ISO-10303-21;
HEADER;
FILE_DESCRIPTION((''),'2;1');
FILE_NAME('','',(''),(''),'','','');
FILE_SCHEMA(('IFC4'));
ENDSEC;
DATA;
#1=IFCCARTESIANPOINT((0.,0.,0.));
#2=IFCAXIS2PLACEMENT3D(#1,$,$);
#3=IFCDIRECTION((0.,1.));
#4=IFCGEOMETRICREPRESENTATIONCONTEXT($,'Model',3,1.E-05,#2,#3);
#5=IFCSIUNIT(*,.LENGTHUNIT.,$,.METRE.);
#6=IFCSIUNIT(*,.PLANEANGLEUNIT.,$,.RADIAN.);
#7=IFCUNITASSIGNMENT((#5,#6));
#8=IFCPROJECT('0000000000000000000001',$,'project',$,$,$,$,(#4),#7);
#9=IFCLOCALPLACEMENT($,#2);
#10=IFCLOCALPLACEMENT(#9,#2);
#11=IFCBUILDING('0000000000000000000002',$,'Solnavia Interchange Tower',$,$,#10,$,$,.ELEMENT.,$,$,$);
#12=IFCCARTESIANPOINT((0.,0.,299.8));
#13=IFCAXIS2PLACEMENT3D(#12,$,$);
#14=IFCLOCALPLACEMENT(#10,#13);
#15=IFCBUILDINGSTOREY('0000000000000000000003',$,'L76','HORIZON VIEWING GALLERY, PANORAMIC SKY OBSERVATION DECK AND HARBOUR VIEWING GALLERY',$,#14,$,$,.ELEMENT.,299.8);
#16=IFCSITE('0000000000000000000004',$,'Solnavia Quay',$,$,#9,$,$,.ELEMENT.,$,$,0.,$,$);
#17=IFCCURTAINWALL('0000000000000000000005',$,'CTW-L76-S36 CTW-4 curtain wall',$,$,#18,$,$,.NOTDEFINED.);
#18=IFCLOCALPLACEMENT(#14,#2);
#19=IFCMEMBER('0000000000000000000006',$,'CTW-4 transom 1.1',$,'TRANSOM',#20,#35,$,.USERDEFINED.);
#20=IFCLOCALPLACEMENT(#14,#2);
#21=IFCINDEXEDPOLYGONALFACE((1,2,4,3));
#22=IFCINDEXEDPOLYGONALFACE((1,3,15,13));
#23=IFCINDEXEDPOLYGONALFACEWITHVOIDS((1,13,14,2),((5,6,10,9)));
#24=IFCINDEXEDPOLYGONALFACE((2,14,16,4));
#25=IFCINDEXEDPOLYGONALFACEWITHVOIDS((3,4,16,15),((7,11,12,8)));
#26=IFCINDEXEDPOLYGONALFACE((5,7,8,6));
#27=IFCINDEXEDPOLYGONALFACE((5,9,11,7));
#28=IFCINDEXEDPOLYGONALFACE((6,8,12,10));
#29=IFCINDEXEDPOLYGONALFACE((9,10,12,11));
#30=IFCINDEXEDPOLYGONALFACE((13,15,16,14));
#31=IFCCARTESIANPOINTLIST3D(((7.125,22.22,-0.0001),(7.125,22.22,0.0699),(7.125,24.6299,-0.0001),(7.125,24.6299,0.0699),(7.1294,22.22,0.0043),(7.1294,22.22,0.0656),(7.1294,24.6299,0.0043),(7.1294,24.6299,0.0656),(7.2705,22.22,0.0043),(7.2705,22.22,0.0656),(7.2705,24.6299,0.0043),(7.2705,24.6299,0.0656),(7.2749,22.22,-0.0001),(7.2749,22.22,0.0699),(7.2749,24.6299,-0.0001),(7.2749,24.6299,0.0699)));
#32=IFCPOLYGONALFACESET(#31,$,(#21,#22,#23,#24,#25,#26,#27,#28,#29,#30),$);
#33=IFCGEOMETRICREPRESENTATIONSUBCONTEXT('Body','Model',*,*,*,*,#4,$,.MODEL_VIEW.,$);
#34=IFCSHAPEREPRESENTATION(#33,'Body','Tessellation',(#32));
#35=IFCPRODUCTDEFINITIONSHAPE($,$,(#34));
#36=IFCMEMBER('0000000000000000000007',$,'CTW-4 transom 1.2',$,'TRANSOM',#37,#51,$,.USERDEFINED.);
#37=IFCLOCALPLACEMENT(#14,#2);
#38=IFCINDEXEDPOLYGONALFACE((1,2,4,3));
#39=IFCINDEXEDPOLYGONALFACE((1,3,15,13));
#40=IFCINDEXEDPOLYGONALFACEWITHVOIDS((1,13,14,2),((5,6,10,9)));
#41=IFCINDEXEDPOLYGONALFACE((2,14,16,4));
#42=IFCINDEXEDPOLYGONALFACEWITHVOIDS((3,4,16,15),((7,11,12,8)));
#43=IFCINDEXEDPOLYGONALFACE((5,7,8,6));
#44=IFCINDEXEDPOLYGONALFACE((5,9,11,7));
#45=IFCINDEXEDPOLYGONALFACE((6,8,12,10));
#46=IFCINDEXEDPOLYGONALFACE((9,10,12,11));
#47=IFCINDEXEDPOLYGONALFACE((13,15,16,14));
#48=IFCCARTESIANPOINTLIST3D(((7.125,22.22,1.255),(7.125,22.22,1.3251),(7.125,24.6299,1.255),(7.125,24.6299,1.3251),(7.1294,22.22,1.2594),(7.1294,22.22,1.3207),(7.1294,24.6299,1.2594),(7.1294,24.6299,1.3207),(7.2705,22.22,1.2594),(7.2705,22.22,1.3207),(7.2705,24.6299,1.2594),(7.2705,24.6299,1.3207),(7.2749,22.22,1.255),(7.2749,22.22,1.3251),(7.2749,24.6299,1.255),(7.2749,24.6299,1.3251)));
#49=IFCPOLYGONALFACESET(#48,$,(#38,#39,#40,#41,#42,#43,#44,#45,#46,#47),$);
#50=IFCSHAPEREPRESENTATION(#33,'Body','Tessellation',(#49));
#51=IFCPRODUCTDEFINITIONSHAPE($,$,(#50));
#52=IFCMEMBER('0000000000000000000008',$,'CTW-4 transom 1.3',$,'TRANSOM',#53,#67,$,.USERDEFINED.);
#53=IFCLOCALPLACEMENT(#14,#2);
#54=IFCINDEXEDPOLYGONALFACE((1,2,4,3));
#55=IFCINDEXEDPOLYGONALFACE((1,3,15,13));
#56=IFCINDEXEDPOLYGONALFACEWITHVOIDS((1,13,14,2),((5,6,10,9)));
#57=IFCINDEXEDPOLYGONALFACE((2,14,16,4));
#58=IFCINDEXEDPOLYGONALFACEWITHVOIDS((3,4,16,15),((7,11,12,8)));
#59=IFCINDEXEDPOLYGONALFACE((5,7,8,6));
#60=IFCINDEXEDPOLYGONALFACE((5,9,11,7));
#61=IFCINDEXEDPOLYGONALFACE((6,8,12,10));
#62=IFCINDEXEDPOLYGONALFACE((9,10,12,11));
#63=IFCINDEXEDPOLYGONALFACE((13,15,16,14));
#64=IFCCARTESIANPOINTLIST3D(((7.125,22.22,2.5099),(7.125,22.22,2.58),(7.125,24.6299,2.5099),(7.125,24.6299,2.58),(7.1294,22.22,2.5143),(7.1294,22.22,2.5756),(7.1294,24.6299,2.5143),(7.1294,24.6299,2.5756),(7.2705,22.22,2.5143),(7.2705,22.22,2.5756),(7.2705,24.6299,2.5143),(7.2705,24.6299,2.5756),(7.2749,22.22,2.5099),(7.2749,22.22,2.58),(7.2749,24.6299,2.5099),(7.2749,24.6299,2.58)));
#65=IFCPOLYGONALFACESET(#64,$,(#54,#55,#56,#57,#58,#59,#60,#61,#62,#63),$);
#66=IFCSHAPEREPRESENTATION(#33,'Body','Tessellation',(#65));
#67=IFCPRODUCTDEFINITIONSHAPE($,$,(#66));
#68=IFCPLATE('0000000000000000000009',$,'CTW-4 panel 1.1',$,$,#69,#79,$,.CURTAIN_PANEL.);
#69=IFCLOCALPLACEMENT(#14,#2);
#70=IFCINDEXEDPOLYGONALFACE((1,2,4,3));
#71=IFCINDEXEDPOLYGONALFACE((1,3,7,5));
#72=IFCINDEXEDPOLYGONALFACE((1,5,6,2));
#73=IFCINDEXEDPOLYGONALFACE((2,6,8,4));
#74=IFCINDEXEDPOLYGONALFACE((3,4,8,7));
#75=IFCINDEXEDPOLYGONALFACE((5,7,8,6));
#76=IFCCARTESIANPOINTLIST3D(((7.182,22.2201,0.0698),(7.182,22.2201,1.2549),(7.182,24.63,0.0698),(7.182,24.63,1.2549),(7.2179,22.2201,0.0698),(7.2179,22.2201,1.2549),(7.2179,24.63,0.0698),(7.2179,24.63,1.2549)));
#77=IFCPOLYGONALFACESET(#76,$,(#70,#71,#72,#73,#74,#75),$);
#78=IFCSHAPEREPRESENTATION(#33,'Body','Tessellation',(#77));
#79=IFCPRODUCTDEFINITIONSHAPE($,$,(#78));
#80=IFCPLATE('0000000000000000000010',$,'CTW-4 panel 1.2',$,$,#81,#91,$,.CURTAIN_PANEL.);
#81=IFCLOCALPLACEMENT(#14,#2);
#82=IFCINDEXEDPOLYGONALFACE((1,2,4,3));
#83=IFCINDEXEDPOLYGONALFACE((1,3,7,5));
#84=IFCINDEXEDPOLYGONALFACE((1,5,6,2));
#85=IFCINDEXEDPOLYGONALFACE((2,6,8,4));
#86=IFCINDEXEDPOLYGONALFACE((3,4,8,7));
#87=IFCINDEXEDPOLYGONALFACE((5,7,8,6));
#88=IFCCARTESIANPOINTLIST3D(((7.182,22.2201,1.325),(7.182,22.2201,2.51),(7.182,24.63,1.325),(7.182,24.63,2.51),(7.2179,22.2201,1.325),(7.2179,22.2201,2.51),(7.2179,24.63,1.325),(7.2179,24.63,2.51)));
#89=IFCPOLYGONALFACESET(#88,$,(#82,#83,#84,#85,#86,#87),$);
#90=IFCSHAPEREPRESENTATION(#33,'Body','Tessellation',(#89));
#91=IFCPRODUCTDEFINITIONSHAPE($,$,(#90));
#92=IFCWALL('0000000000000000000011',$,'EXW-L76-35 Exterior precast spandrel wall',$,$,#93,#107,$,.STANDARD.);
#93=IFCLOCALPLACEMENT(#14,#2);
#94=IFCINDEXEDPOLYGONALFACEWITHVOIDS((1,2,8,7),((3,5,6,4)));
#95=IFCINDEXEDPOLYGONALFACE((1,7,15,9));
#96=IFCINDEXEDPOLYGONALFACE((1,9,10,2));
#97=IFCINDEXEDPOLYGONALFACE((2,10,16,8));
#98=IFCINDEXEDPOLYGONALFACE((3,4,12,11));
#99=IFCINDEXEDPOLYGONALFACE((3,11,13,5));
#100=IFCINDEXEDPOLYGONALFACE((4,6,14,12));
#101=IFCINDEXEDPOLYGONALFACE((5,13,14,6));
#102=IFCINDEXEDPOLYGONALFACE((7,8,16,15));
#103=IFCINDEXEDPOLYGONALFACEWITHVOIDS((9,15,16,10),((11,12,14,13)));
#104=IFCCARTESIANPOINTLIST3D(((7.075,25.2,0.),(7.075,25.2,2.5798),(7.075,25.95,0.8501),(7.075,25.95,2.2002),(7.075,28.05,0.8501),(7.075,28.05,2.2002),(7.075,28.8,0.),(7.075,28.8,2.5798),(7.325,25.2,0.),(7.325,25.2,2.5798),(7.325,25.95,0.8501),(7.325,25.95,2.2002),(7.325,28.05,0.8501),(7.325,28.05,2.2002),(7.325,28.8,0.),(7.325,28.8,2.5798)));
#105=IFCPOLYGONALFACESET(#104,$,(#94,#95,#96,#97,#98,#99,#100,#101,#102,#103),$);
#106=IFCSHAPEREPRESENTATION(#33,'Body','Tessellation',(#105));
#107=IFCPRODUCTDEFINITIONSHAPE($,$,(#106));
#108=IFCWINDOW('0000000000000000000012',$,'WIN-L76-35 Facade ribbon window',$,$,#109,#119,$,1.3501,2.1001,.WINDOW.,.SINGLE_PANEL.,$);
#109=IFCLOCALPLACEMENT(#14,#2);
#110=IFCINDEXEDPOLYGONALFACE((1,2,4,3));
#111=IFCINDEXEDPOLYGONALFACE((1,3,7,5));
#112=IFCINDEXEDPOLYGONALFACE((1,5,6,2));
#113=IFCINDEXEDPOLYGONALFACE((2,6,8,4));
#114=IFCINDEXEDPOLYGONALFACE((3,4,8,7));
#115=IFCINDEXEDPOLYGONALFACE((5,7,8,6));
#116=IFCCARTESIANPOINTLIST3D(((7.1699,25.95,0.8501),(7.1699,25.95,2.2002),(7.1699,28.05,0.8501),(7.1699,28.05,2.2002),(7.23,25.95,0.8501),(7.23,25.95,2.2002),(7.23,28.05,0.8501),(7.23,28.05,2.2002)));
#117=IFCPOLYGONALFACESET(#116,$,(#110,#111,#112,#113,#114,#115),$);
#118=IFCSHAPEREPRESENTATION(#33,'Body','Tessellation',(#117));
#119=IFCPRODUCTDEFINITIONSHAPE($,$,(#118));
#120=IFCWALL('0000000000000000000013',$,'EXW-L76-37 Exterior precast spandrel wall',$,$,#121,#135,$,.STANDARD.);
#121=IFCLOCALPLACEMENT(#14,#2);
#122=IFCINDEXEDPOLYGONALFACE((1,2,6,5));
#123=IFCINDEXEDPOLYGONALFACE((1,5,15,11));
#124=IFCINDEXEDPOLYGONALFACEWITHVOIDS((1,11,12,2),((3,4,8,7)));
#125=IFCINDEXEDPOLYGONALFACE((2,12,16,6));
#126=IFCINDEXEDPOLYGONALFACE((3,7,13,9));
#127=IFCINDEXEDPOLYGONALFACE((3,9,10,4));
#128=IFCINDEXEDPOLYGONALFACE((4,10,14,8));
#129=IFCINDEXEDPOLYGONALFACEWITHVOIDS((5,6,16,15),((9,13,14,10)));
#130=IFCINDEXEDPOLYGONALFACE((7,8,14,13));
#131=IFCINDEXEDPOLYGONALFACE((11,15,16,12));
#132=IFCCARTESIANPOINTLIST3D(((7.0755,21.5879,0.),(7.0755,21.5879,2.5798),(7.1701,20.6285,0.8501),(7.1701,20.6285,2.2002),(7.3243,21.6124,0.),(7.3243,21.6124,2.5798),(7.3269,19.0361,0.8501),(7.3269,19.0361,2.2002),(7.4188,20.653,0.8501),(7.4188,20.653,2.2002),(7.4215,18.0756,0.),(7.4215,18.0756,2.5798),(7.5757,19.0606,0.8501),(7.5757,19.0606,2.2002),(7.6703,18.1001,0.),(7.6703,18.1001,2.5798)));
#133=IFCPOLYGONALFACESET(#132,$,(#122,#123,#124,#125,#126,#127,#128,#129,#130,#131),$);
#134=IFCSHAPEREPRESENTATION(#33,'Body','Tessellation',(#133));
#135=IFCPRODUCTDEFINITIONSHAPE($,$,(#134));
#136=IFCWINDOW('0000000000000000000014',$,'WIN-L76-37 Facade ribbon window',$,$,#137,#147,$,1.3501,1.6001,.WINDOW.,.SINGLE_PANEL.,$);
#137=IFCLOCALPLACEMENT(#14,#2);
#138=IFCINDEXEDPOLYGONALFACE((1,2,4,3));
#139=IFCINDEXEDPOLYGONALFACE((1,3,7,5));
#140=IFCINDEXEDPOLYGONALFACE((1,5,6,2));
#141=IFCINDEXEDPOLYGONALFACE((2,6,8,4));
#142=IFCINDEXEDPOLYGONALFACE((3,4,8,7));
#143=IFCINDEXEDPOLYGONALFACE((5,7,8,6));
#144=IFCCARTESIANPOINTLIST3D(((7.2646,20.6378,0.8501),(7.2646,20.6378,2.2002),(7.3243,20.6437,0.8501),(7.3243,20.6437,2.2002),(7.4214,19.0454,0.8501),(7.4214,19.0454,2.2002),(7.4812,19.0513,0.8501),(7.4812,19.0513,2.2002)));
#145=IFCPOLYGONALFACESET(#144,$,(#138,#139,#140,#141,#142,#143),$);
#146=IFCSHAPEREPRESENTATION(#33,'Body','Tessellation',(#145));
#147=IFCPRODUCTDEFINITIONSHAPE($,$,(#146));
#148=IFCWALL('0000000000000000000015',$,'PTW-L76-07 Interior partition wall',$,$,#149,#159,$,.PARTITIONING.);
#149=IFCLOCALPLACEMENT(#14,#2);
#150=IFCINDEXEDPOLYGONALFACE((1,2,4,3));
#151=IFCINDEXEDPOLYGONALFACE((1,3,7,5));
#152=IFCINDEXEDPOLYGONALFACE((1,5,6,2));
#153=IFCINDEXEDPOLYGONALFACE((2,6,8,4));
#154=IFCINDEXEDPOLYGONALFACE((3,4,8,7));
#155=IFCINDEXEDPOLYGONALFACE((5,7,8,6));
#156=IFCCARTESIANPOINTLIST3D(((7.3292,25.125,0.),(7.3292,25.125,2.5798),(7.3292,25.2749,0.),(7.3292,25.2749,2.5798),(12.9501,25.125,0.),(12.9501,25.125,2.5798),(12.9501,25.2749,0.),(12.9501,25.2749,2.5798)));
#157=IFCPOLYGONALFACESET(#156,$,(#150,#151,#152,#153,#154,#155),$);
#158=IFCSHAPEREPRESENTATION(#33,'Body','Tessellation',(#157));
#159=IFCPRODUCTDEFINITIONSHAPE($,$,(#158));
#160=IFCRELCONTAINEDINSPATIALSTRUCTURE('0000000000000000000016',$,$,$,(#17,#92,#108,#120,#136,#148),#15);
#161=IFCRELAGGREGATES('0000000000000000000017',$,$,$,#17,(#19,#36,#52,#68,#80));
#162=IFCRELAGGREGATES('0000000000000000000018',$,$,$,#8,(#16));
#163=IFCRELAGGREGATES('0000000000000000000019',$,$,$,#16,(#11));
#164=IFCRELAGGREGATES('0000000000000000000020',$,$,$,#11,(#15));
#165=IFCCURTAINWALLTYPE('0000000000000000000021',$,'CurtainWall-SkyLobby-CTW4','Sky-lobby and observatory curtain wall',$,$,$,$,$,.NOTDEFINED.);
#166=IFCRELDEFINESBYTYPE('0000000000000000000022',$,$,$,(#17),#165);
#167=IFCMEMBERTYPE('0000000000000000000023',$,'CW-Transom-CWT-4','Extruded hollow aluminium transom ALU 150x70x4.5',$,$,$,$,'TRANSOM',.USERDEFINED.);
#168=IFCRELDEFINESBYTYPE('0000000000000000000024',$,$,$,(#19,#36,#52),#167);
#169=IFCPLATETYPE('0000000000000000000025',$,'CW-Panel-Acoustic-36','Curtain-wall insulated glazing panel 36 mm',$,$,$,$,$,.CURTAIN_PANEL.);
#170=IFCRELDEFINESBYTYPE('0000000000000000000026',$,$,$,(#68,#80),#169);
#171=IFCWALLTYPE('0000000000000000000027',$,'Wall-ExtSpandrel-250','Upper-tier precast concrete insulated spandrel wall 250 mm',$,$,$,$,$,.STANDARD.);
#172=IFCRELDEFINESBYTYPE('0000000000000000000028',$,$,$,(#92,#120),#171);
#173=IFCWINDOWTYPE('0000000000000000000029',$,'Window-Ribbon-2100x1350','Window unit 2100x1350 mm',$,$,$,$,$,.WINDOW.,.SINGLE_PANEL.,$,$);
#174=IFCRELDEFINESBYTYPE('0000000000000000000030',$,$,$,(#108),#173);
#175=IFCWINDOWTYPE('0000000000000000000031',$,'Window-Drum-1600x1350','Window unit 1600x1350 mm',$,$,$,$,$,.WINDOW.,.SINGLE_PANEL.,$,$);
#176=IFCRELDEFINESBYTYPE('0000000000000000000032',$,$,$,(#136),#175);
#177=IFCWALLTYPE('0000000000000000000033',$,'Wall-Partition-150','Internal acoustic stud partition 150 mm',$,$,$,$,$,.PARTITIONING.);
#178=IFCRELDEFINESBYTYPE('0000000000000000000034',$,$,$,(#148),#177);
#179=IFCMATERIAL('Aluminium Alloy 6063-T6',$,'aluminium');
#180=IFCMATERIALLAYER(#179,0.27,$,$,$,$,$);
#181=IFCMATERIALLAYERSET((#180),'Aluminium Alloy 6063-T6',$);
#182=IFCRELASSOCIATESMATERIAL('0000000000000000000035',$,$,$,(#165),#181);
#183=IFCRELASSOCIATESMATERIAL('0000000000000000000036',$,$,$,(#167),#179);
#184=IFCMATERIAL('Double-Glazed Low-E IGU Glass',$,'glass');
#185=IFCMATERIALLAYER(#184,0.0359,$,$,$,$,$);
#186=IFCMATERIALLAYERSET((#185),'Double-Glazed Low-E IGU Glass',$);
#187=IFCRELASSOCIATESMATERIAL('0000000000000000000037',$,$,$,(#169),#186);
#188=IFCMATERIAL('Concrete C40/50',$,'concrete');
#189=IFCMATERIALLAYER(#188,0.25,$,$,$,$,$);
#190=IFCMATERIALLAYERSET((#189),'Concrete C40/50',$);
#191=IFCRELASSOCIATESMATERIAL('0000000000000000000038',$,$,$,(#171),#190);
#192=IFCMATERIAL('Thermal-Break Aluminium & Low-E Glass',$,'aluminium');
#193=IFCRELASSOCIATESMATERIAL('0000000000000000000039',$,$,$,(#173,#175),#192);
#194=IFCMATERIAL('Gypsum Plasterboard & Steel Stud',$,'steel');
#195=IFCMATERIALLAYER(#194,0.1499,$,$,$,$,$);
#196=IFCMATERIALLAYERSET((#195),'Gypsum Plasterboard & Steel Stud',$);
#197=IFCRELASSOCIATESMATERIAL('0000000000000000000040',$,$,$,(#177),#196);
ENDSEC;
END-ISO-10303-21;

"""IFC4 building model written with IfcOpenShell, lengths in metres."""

from ifc_helpers import new_model, si_unit, direction, frame, frame_2d, origin, origin_2d, place, context, subcontext, project, spatial, rectangle, hollow_rectangle, extrude, material, layer, layer_set, material_profile, profile_set, type_object, element, fill, aggregate, save


model = new_model("IFC4")

# Units and contexts
model_context = context("Model", 3, precision=1e-05, world=origin(), true_north=direction((0.0, 1.0)))
body_context = subcontext(model_context, "Body", "Model", "MODEL_VIEW")
ifc_project = project(units=[si_unit("LENGTHUNIT", "METRE"), si_unit("PLANEANGLEUNIT", "RADIAN")], contexts=[model_context])

# Site, building, storey
site_placement = place(None, origin())
site = spatial("IfcSite", under=ifc_project, at=site_placement, Name="Solnavia Quay", CompositionType="ELEMENT", RefElevation=0.0)
building_placement = place(site_placement, origin())
building = spatial("IfcBuilding", under=site, at=building_placement, Name="Solnavia Interchange Tower", CompositionType="ELEMENT")
storey_placement = place(building_placement, frame((0.0, 0.0, 299.8)))
storey = spatial("IfcBuildingStorey", under=building, at=storey_placement, Name="L76", Description="HORIZON VIEWING GALLERY, PANORAMIC SKY OBSERVATION DECK AND HARBOUR VIEWING GALLERY", CompositionType="ELEMENT", Elevation=299.8)

# Curtain wall, members, plates
ifc_material_1 = material(Name="Aluminium Alloy 6063-T6", Category="aluminium")
ifc_layer_1 = layer(ifc_material_1, 0.27)
ifc_layer_set_1 = layer_set([ifc_layer_1], Name="Aluminium Alloy 6063-T6")
curtain_wall_type = type_object("IfcCurtainWallType", Name="CurtainWall-SkyLobby-CTW4", Description="Sky-lobby and observatory curtain wall", PredefinedType="NOTDEFINED", material=ifc_layer_set_1)
curtain_wall_placement = place(storey_placement, origin())
curtain_wall = element("IfcCurtainWall", 1, at=curtain_wall_placement, inside=storey, type_object=curtain_wall_type, Name="CTW-L76-S36 CTW-4 curtain wall", PredefinedType="NOTDEFINED")
ifc_material_profile_1 = material_profile(ifc_material_1, hollow_rectangle(XDim=0.0701, YDim=0.1499, WallThickness=0.0044, at=origin_2d()), Name="ALU 150x70x4.5")
ifc_profile_set_1 = profile_set([ifc_material_profile_1], Name="Aluminium Alloy 6063-T6")
member_type_1 = type_object("IfcMemberType", Name="CW-Transom-CWT-4", Description="Extruded hollow aluminium transom ALU 150x70x4.5", ElementType="TRANSOM", PredefinedType="USERDEFINED", material=ifc_profile_set_1)
member_1_placement = place(storey_placement, frame((7.2, 24.6299, 0.0349), z_axis=(0.0, -1.0, 0.0), x_axis=(0.0, 0.0, 1.0)))
member_1 = element("IfcMember", 2, at=member_1_placement, type_object=member_type_1, Name="CTW-4 transom 1.1", ObjectType="TRANSOM", PredefinedType="USERDEFINED", context=body_context, shape_type="SweptSolid", body=[
    extrude(hollow_rectangle(XDim=0.0701, YDim=0.1499, WallThickness=0.0044, at=origin_2d()), origin(), (0.0, 0.0, 1.0), 2.4099),
])
member_2_placement = place(storey_placement, frame((7.2, 24.6299, 1.29), z_axis=(0.0, -1.0, 0.0), x_axis=(0.0, 0.0, 1.0)))
member_2 = element("IfcMember", 3, at=member_2_placement, type_object=member_type_1, Name="CTW-4 transom 1.2", ObjectType="TRANSOM", PredefinedType="USERDEFINED", context=body_context, shape_type="SweptSolid", body=[
    extrude(hollow_rectangle(XDim=0.0701, YDim=0.1499, WallThickness=0.0044, at=origin_2d()), origin(), (0.0, 0.0, 1.0), 2.4099),
])
member_3_placement = place(storey_placement, frame((7.2, 24.6299, 2.5449), z_axis=(0.0, -1.0, 0.0), x_axis=(0.0, 0.0, 1.0)))
member_3 = element("IfcMember", 4, at=member_3_placement, type_object=member_type_1, Name="CTW-4 transom 1.3", ObjectType="TRANSOM", PredefinedType="USERDEFINED", context=body_context, shape_type="SweptSolid", body=[
    extrude(hollow_rectangle(XDim=0.0701, YDim=0.1499, WallThickness=0.0044, at=origin_2d()), origin(), (0.0, 0.0, 1.0), 2.4099),
])
ifc_material_2 = material(Name="Double-Glazed Low-E IGU Glass", Category="glass")
ifc_layer_2 = layer(ifc_material_2, 0.0359)
ifc_layer_set_2 = layer_set([ifc_layer_2], Name="Double-Glazed Low-E IGU Glass")
plate_type = type_object("IfcPlateType", Name="CW-Panel-Acoustic-36", Description="Curtain-wall insulated glazing panel 36 mm", PredefinedType="CURTAIN_PANEL", material=ifc_layer_set_2)
plate_1_placement = place(storey_placement, frame((7.2, 23.425, 0.0698), z_axis=(0.0, 0.0, 1.0), x_axis=(0.0, -1.0, 0.0)))
plate_1 = element("IfcPlate", 5, at=plate_1_placement, type_object=plate_type, Name="CTW-4 panel 1.1", PredefinedType="CURTAIN_PANEL", context=body_context, shape_type="SweptSolid", body=[
    extrude(rectangle(XDim=2.4099, YDim=0.0359, at=origin_2d()), origin(), (0.0, 0.0, 1.0), 1.1851),
])
plate_2_placement = place(storey_placement, frame((7.2, 23.425, 1.325), z_axis=(0.0, 0.0, 1.0), x_axis=(0.0, -1.0, 0.0)))
plate_2 = element("IfcPlate", 6, at=plate_2_placement, type_object=plate_type, Name="CTW-4 panel 1.2", PredefinedType="CURTAIN_PANEL", context=body_context, shape_type="SweptSolid", body=[
    extrude(rectangle(XDim=2.4099, YDim=0.0359, at=origin_2d()), origin(), (0.0, 0.0, 1.0), 1.1851),
])
aggregate(curtain_wall, [member_1, member_2, member_3, plate_1, plate_2])

# Walls, openings, windows
ifc_material_3 = material(Name="Concrete C40/50", Category="concrete")
ifc_layer_3 = layer(ifc_material_3, 0.25)
ifc_layer_set_3 = layer_set([ifc_layer_3], Name="Concrete C40/50")
wall_type_1 = type_object("IfcWallType", Name="Wall-ExtSpandrel-250", Description="Upper-tier precast concrete insulated spandrel wall 250 mm", PredefinedType="STANDARD", material=ifc_layer_set_3)
wall_1_placement = place(storey_placement, frame((7.2, 25.2, 0.0), z_axis=(0.0, 0.0, 1.0), x_axis=(0.0, 1.0, 0.0)))
wall_1 = element("IfcWall", 7, at=wall_1_placement, inside=storey, type_object=wall_type_1, Name="EXW-L76-35 Exterior precast spandrel wall", PredefinedType="STANDARD", context=body_context, shape_type="SweptSolid", body=[
    extrude(rectangle(XDim=3.6001, YDim=0.25, at=frame_2d((1.8, 0.0))), origin(), (0.0, 0.0, 1.0), 2.5798),
])
opening_1_placement = place(wall_1_placement, frame((0.75, 0.0, 0.8501)))
opening_1 = element("IfcOpeningElement", 8, at=opening_1_placement, cuts=wall_1, PredefinedType="OPENING", context=body_context, shape_type="SweptSolid", body=[
    extrude(rectangle(XDim=2.1001, YDim=1.3501, at=frame_2d((1.05, 0.675))), frame((0.0, 0.135, 0.0), z_axis=(0.0, -1.0, 0.0), x_axis=(1.0, 0.0, 0.0)), (0.0, 0.0, 1.0), 0.27),
])
ifc_material_4 = material(Name="Thermal-Break Aluminium & Low-E Glass", Category="aluminium")
window_type_1 = type_object("IfcWindowType", Name="Window-Ribbon-2100x1350", Description="Window unit 2100x1350 mm", PartitioningType="SINGLE_PANEL", PredefinedType="WINDOW", material=ifc_material_4)
window_1_placement = place(opening_1_placement, origin())
window_1 = element("IfcWindow", 9, at=window_1_placement, inside=storey, type_object=window_type_1, Name="WIN-L76-35 Facade ribbon window", OverallHeight=1.3501, OverallWidth=2.1001, PartitioningType="SINGLE_PANEL", PredefinedType="WINDOW", context=body_context, shape_type="SweptSolid", body=[
    extrude(rectangle(XDim=2.1001, YDim=1.3501, at=frame_2d((1.05, 0.675))), frame((0.0, 0.03, 0.0), z_axis=(0.0, -1.0, 0.0), x_axis=(1.0, 0.0, 0.0)), (0.0, 0.0, 1.0), 0.0601),
])
fill(opening_1, window_1)
wall_2_placement = place(storey_placement, frame((7.5459, 18.0879, 0.0), z_axis=(0.0, 0.0, 1.0), x_axis=(-0.098024, 0.995184, 0.0)))
wall_2 = element("IfcWall", 10, at=wall_2_placement, inside=storey, type_object=wall_type_1, Name="EXW-L76-37 Exterior precast spandrel wall", PredefinedType="STANDARD", context=body_context, shape_type="SweptSolid", body=[
    extrude(rectangle(XDim=3.5293, YDim=0.25, at=frame_2d((1.7646, 0.0))), origin(), (0.0, 0.0, 1.0), 2.5798),
])
opening_2_placement = place(wall_2_placement, frame((0.9651, 0.0, 0.8501)))
opening_2 = element("IfcOpeningElement", 11, at=opening_2_placement, cuts=wall_2, PredefinedType="OPENING", context=body_context, shape_type="SweptSolid", body=[
    extrude(rectangle(XDim=1.6001, YDim=1.3501, at=frame_2d((0.8, 0.675))), frame((0.0, 0.135, 0.0), z_axis=(0.0, -1.0, 0.0), x_axis=(1.0, 0.0, 0.0)), (0.0, 0.0, 1.0), 0.27),
])
window_type_2 = type_object("IfcWindowType", Name="Window-Drum-1600x1350", Description="Window unit 1600x1350 mm", PartitioningType="SINGLE_PANEL", PredefinedType="WINDOW", material=ifc_material_4)
window_2_placement = place(opening_2_placement, origin())
window_2 = element("IfcWindow", 12, at=window_2_placement, inside=storey, type_object=window_type_2, Name="WIN-L76-37 Facade ribbon window", OverallHeight=1.3501, OverallWidth=1.6001, PartitioningType="SINGLE_PANEL", PredefinedType="WINDOW", context=body_context, shape_type="SweptSolid", body=[
    extrude(rectangle(XDim=1.6001, YDim=1.3501, at=frame_2d((0.8, 0.675))), frame((0.0, 0.03, 0.0), z_axis=(0.0, -1.0, 0.0), x_axis=(1.0, 0.0, 0.0)), (0.0, 0.0, 1.0), 0.0601),
])
fill(opening_2, window_2)

# Wall
ifc_material_5 = material(Name="Gypsum Plasterboard & Steel Stud", Category="steel")
ifc_layer_4 = layer(ifc_material_5, 0.1499)
ifc_layer_set_4 = layer_set([ifc_layer_4], Name="Gypsum Plasterboard & Steel Stud")
wall_type_2 = type_object("IfcWallType", Name="Wall-Partition-150", Description="Internal acoustic stud partition 150 mm", PredefinedType="PARTITIONING", material=ifc_layer_set_4)
wall_3_placement = place(storey_placement, frame((7.3291, 25.2, 0.0), z_axis=(0.0, 0.0, 1.0), x_axis=(1.0, 0.0, 0.0)))
element("IfcWall", 13, at=wall_3_placement, inside=storey, type_object=wall_type_2, Name="PTW-L76-07 Interior partition wall", PredefinedType="PARTITIONING", context=body_context, shape_type="SweptSolid", body=[
    extrude(rectangle(XDim=5.6208, YDim=0.1499, at=frame_2d((2.8105, 0.0))), origin(), (0.0, 0.0, 1.0), 2.5798),
])

save(model, "model.ifc")
